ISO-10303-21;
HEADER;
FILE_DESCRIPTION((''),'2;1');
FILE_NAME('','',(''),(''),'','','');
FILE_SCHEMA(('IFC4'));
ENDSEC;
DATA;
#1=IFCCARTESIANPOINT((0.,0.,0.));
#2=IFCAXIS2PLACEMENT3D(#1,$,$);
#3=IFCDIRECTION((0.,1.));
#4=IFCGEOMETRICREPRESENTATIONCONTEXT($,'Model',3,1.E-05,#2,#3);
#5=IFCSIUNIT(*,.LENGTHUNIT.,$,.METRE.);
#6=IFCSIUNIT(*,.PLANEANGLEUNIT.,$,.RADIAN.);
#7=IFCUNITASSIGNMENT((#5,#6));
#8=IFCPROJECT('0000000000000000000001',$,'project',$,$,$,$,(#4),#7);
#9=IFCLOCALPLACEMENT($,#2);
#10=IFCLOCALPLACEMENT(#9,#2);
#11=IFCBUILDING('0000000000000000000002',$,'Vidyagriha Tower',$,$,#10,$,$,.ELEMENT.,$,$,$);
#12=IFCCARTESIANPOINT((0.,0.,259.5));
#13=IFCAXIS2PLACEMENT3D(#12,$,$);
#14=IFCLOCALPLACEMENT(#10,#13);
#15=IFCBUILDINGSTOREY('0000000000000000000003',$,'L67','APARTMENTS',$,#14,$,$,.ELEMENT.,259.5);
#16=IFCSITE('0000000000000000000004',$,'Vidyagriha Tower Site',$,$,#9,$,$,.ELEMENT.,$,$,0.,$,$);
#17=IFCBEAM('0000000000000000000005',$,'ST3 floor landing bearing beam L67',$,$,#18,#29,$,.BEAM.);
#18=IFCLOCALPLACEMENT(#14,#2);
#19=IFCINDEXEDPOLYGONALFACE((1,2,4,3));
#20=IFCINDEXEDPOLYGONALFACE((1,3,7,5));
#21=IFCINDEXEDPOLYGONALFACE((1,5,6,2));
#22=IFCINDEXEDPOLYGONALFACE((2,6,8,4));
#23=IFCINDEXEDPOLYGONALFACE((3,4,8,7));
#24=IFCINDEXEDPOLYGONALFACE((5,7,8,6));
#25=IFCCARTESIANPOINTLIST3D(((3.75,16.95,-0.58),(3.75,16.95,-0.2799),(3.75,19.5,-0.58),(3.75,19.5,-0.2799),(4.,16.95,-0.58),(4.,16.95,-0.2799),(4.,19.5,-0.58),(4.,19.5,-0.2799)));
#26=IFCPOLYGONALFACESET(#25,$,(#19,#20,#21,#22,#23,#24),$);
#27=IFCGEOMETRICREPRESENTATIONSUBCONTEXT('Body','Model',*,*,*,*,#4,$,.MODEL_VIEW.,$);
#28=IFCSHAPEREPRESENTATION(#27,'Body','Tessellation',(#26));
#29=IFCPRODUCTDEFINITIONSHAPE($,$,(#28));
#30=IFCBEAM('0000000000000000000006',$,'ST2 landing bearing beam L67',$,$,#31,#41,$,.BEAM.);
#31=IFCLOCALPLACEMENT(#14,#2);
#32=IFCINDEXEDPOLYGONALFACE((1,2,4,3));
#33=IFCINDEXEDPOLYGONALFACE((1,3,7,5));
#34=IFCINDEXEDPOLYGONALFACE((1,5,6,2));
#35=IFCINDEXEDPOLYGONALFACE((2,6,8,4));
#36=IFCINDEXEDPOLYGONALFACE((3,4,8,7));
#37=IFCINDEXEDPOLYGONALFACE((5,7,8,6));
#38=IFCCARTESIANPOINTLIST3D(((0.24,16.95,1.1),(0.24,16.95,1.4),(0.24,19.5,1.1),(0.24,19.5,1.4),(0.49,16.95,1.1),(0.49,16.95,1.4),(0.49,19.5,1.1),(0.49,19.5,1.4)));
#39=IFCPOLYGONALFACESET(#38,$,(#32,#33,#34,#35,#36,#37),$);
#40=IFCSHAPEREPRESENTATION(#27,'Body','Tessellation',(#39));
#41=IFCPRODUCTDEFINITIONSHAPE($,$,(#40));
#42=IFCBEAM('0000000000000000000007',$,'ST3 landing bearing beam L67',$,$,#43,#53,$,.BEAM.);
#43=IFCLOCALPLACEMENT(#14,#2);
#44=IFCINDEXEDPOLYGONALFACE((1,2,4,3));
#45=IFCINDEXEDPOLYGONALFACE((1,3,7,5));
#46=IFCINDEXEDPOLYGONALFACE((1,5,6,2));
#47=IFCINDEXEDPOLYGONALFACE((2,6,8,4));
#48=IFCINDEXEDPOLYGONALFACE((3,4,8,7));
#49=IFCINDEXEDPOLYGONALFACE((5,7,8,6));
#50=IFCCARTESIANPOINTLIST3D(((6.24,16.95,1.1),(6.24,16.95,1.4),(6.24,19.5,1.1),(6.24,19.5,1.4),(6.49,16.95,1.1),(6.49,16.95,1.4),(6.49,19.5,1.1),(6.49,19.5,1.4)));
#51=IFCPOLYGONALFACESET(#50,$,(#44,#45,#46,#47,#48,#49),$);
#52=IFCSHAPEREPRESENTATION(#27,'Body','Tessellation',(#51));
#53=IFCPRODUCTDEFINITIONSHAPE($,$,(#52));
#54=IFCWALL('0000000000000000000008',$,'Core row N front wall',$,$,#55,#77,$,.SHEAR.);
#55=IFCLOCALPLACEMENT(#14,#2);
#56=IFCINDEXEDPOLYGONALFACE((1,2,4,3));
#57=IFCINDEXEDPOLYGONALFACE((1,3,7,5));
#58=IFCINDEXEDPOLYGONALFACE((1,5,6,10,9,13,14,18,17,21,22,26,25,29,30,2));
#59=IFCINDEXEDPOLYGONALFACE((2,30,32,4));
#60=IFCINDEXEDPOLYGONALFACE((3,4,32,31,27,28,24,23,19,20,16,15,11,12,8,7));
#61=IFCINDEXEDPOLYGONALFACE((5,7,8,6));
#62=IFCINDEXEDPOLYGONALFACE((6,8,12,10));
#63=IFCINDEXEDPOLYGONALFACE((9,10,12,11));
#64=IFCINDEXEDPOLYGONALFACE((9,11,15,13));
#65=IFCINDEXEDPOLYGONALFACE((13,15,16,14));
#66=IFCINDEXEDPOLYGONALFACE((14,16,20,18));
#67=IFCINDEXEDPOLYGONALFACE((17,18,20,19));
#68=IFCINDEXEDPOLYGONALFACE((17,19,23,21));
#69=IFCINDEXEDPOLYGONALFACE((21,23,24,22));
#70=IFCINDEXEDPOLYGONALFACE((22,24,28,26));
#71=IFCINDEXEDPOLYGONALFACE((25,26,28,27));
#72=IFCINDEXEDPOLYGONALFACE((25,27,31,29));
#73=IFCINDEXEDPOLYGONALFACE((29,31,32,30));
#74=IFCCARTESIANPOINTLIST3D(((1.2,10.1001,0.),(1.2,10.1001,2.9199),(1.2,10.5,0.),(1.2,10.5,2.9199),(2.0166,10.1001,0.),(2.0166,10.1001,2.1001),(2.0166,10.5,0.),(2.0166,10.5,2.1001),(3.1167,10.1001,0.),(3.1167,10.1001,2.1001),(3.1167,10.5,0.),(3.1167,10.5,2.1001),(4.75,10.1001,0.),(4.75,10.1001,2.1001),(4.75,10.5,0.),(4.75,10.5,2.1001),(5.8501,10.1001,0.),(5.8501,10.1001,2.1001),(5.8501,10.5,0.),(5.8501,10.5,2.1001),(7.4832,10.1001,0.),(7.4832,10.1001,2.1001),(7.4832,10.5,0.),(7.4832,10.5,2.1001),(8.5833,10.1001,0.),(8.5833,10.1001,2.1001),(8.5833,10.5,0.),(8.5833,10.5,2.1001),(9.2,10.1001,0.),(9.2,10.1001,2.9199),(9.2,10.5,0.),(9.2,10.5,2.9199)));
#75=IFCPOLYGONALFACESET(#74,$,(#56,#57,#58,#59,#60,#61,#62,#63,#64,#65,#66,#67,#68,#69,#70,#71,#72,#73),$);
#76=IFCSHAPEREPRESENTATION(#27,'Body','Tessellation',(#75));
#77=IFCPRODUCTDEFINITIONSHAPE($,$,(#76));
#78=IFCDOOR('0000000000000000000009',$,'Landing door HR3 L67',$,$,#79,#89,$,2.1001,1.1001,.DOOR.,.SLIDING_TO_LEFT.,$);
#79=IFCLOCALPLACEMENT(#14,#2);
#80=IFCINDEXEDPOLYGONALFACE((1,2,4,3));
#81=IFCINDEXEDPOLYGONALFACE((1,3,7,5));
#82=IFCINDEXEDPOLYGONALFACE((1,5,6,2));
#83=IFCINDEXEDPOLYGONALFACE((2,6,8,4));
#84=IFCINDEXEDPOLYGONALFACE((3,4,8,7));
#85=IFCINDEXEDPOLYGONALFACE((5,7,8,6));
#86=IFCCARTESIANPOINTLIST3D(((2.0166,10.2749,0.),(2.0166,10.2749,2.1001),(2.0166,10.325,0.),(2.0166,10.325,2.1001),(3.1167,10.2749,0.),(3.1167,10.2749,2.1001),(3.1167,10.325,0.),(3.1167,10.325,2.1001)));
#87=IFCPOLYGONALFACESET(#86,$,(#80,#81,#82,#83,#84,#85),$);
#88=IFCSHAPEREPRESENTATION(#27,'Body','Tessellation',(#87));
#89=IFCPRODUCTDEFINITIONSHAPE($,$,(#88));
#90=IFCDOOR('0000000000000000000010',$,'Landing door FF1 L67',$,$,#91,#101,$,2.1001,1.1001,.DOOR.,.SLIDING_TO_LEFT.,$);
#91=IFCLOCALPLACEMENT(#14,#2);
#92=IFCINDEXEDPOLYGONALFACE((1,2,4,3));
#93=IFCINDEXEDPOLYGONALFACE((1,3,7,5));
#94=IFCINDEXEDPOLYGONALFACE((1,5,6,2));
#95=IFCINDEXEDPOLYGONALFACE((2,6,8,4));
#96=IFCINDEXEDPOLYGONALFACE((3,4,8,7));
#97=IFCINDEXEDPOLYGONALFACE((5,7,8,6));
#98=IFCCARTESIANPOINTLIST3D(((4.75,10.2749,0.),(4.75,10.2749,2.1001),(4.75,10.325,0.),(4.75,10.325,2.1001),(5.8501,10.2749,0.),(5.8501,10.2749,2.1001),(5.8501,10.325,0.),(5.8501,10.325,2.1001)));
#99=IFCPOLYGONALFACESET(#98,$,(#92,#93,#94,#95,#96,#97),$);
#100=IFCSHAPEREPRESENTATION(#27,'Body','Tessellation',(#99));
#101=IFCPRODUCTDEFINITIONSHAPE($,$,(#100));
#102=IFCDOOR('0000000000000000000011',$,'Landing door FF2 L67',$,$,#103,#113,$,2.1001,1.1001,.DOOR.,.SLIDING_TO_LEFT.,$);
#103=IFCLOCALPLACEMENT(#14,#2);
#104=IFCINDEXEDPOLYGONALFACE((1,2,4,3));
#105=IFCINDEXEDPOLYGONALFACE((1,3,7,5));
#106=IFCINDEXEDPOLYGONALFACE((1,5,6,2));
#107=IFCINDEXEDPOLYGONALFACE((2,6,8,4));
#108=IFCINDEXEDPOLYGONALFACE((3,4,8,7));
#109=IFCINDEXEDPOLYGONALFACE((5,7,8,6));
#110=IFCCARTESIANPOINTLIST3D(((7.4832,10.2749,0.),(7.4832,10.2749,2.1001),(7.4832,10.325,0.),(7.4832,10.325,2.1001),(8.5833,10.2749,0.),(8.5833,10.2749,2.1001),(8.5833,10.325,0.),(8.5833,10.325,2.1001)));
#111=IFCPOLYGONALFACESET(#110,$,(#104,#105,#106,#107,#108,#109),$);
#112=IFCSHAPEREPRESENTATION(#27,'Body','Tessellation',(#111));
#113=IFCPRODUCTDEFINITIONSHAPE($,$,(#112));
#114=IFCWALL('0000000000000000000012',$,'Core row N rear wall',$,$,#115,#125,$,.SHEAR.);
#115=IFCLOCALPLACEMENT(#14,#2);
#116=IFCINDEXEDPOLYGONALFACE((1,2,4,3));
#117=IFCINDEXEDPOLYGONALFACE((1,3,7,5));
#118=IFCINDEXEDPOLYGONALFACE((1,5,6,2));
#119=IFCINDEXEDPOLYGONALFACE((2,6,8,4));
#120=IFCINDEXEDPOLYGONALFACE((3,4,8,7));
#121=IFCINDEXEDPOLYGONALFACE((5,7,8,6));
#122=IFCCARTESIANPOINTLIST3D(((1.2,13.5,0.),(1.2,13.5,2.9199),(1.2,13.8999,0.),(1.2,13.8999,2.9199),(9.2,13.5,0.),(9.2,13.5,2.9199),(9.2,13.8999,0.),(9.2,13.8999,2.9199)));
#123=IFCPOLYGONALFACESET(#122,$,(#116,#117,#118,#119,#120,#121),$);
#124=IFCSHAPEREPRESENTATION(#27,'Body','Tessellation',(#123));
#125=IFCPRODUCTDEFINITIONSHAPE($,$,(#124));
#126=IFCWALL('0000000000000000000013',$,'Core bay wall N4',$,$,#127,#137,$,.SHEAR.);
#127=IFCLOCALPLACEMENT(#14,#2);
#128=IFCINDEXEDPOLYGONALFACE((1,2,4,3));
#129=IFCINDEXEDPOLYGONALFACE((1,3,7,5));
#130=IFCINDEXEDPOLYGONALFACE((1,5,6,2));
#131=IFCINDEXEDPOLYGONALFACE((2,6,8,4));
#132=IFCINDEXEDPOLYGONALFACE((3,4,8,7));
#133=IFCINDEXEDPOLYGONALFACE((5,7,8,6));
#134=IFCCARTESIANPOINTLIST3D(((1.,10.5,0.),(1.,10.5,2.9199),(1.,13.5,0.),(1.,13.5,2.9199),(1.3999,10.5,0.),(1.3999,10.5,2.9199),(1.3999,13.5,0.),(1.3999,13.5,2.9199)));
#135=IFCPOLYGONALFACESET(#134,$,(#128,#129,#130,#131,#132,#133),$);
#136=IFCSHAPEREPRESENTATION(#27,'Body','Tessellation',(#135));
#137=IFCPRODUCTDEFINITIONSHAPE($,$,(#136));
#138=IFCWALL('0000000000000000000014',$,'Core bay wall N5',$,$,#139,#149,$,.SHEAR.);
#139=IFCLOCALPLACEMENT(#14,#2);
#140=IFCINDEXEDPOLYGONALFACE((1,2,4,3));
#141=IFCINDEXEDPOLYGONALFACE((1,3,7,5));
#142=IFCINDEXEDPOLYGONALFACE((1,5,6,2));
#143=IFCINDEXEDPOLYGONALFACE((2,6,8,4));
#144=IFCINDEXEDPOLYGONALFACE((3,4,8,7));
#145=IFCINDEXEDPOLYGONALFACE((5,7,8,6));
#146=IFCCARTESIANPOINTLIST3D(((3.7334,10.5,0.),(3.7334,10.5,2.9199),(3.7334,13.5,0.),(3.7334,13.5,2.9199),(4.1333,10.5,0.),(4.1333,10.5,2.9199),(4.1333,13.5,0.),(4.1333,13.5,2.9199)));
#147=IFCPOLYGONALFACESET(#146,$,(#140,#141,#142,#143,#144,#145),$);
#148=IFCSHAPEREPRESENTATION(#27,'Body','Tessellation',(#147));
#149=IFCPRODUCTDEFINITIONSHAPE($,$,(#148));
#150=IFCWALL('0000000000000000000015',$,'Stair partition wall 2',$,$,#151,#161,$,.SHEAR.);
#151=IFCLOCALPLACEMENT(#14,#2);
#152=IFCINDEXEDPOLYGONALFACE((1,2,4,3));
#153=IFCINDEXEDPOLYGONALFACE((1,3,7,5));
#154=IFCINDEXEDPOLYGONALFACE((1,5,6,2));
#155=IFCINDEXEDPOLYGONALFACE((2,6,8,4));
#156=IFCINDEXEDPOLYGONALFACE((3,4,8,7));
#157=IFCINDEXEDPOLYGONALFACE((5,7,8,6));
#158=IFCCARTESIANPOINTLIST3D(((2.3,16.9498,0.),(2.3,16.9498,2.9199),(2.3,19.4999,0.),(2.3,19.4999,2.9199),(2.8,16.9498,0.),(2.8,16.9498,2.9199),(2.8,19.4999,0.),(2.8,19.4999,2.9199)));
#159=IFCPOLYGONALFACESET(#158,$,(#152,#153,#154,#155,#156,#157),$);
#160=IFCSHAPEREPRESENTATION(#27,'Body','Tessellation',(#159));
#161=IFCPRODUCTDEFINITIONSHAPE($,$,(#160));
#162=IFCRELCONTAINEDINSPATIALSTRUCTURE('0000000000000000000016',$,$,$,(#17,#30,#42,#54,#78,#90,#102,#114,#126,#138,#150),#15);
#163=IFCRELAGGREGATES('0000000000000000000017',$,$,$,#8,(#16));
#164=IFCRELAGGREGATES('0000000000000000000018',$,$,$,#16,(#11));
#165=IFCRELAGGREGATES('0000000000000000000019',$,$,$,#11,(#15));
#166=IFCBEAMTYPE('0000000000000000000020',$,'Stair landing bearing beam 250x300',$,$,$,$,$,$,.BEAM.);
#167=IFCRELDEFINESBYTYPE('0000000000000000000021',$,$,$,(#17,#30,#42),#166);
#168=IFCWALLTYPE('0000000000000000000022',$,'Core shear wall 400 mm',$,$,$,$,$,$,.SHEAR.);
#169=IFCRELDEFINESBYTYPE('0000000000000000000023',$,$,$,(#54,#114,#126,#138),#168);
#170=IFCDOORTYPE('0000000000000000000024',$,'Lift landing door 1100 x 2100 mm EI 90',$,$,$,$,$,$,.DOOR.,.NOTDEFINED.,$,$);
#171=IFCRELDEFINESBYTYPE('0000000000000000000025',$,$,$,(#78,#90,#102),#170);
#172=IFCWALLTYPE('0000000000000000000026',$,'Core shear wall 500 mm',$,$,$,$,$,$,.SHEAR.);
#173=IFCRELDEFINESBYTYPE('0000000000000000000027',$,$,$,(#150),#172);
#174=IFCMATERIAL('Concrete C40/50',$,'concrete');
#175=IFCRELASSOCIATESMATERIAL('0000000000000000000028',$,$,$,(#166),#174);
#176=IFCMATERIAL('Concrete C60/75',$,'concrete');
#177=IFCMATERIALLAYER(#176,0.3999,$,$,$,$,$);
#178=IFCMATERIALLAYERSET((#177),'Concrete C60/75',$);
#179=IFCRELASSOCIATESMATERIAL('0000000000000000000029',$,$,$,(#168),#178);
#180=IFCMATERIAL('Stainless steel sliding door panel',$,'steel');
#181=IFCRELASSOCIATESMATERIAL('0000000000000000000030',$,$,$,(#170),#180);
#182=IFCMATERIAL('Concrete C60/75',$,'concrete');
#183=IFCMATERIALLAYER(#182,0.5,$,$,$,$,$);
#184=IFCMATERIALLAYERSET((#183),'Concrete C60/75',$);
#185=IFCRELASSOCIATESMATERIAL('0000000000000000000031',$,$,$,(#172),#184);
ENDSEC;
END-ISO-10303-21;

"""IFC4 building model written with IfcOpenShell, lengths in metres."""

from ifc_helpers import new_model, si_unit, direction, frame, frame_2d, origin, origin_2d, place, context, subcontext, project, spatial, rectangle, extrude, material, layer, layer_set, material_profile, profile_set, type_object, element, fill, save


model = new_model("IFC4")

# Units and contexts
model_context = context("Model", 3, precision=1e-05, world=origin(), true_north=direction((0.0, 1.0)))
body_context = subcontext(model_context, "Body", "Model", "MODEL_VIEW")
ifc_project = project(units=[si_unit("LENGTHUNIT", "METRE"), si_unit("PLANEANGLEUNIT", "RADIAN")], contexts=[model_context])

# Site, building, storey
site_placement = place(None, origin())
site = spatial("IfcSite", under=ifc_project, at=site_placement, Name="Vidyagriha Tower Site", CompositionType="ELEMENT", RefElevation=0.0)
building_placement = place(site_placement, origin())
building = spatial("IfcBuilding", under=site, at=building_placement, Name="Vidyagriha Tower", CompositionType="ELEMENT")
storey_placement = place(building_placement, frame((0.0, 0.0, 259.5)))
storey = spatial("IfcBuildingStorey", under=building, at=storey_placement, Name="L67", Description="APARTMENTS", CompositionType="ELEMENT", Elevation=259.5)

# Beams
ifc_material_1 = material(Name="Concrete C40/50", Category="concrete")
ifc_material_profile = material_profile(ifc_material_1, rectangle(XDim=0.25, YDim=0.3, at=origin_2d()), Name="Stair landing bearing beam 250x300")
ifc_profile_set = profile_set([ifc_material_profile], Name="Concrete C40/50")
beam_type = type_object("IfcBeamType", Name="Stair landing bearing beam 250x300", PredefinedType="BEAM", material=ifc_profile_set)
for number, where, z_axis, x_axis, name in (
    (1, (3.875, 16.95, -0.4299), (0.0, 1.0, 0.0), (-1.0, 0.0, 0.0), "ST3 floor landing bearing beam L67"),
    (2, (0.365, 16.95, 1.25), (0.0, 1.0, 0.0), (-1.0, 0.0, 0.0), "ST2 landing bearing beam L67"),
    (3, (6.365, 16.95, 1.25), (0.0, 1.0, 0.0), (-1.0, 0.0, 0.0), "ST3 landing bearing beam L67"),
):
    element("IfcBeam", number, at=place(storey_placement, frame(where, z_axis=z_axis, x_axis=x_axis)), inside=storey, type_object=beam_type, Name=name, PredefinedType="BEAM", context=body_context, shape_type="SweptSolid", body=[
        extrude(rectangle(XDim=0.25, YDim=0.3, at=origin_2d()), origin(), (0.0, 0.0, 1.0), 2.55),
    ])

# Wall, openings, doors
ifc_material_2 = material(Name="Concrete C60/75", Category="concrete")
ifc_layer_1 = layer(ifc_material_2, 0.3999)
ifc_layer_set_1 = layer_set([ifc_layer_1], Name="Concrete C60/75")
wall_type_1 = type_object("IfcWallType", Name="Core shear wall 400 mm", PredefinedType="SHEAR", material=ifc_layer_set_1)
wall_1_placement = place(storey_placement, frame((1.2, 10.3, 0.0)))
wall_1 = element("IfcWall", 4, at=wall_1_placement, inside=storey, type_object=wall_type_1, Name="Core row N front wall", PredefinedType="SHEAR", context=body_context, shape_type="SweptSolid", body=[
    extrude(rectangle(XDim=8.0, YDim=0.3999, at=frame_2d((4.0, 0.0))), origin(), (0.0, 0.0, 1.0), 2.9199),
])
opening_1_placement = place(wall_1_placement, frame((0.8167, 0.0, 0.0)))
opening_1 = element("IfcOpeningElement", 5, at=opening_1_placement, cuts=wall_1, PredefinedType="OPENING", context=body_context, shape_type="SweptSolid", body=[
    extrude(rectangle(XDim=1.1001, YDim=2.1001, at=frame_2d((0.55, 1.05))), frame((0.0, 0.21, 0.0), z_axis=(0.0, -1.0, 0.0), x_axis=(1.0, 0.0, 0.0)), (0.0, 0.0, 1.0), 0.4199),
])
opening_2_placement = place(wall_1_placement, frame((3.55, 0.0, 0.0)))
opening_2 = element("IfcOpeningElement", 6, at=opening_2_placement, cuts=wall_1, PredefinedType="OPENING", context=body_context, shape_type="SweptSolid", body=[
    extrude(rectangle(XDim=1.1001, YDim=2.1001, at=frame_2d((0.55, 1.05))), frame((0.0, 0.21, 0.0), z_axis=(0.0, -1.0, 0.0), x_axis=(1.0, 0.0, 0.0)), (0.0, 0.0, 1.0), 0.4199),
])
opening_3_placement = place(wall_1_placement, frame((6.2832, 0.0, 0.0)))
opening_3 = element("IfcOpeningElement", 7, at=opening_3_placement, cuts=wall_1, PredefinedType="OPENING", context=body_context, shape_type="SweptSolid", body=[
    extrude(rectangle(XDim=1.1001, YDim=2.1001, at=frame_2d((0.55, 1.05))), frame((0.0, 0.21, 0.0), z_axis=(0.0, -1.0, 0.0), x_axis=(1.0, 0.0, 0.0)), (0.0, 0.0, 1.0), 0.4199),
])
ifc_material_3 = material(Name="Stainless steel sliding door panel", Category="steel")
door_type_1 = type_object("IfcDoorType", Name="Lift landing door 1100 x 2100 mm EI 90", OperationType="NOTDEFINED", PredefinedType="DOOR", material=ifc_material_3)
door_1_placement = place(opening_1_placement, origin())
door_1 = element("IfcDoor", 8, at=door_1_placement, inside=storey, type_object=door_type_1, Name="Landing door HR3 L67", OperationType="SLIDING_TO_LEFT", OverallHeight=2.1001, OverallWidth=1.1001, PredefinedType="DOOR", context=body_context, shape_type="SweptSolid", body=[
    extrude(rectangle(XDim=1.1001, YDim=2.1001, at=frame_2d((0.55, 1.05))), frame((0.0, 0.0249, 0.0), z_axis=(0.0, -1.0, 0.0), x_axis=(1.0, 0.0, 0.0)), (0.0, 0.0, 1.0), 0.05),
])
fill(opening_1, door_1)
door_2_placement = place(opening_2_placement, origin())
door_2 = element("IfcDoor", 9, at=door_2_placement, inside=storey, type_object=door_type_1, Name="Landing door FF1 L67", OperationType="SLIDING_TO_LEFT", OverallHeight=2.1001, OverallWidth=1.1001, PredefinedType="DOOR", context=body_context, shape_type="SweptSolid", body=[
    extrude(rectangle(XDim=1.1001, YDim=2.1001, at=frame_2d((0.55, 1.05))), frame((0.0, 0.0249, 0.0), z_axis=(0.0, -1.0, 0.0), x_axis=(1.0, 0.0, 0.0)), (0.0, 0.0, 1.0), 0.05),
])
fill(opening_2, door_2)
door_3_placement = place(opening_3_placement, origin())
door_3 = element("IfcDoor", 10, at=door_3_placement, inside=storey, type_object=door_type_1, Name="Landing door FF2 L67", OperationType="SLIDING_TO_LEFT", OverallHeight=2.1001, OverallWidth=1.1001, PredefinedType="DOOR", context=body_context, shape_type="SweptSolid", body=[
    extrude(rectangle(XDim=1.1001, YDim=2.1001, at=frame_2d((0.55, 1.05))), frame((0.0, 0.0249, 0.0), z_axis=(0.0, -1.0, 0.0), x_axis=(1.0, 0.0, 0.0)), (0.0, 0.0, 1.0), 0.05),
])
fill(opening_3, door_3)

# Walls
wall_2_placement = place(storey_placement, frame((1.2, 13.7, 0.0)))
element("IfcWall", 11, at=wall_2_placement, inside=storey, type_object=wall_type_1, Name="Core row N rear wall", PredefinedType="SHEAR", context=body_context, shape_type="SweptSolid", body=[
    extrude(rectangle(XDim=8.0, YDim=0.3999, at=frame_2d((4.0, 0.0))), origin(), (0.0, 0.0, 1.0), 2.9199),
])
for number, where, z_axis, x_axis, name in (
    (12, (1.2, 10.5, 0.0), (0.0, 0.0, 1.0), (0.0, 1.0, 0.0), "Core bay wall N4"),
    (13, (3.9333, 10.5, 0.0), (0.0, 0.0, 1.0), (0.0, 1.0, 0.0), "Core bay wall N5"),
):
    element("IfcWall", number, at=place(storey_placement, frame(where, z_axis=z_axis, x_axis=x_axis)), inside=storey, type_object=wall_type_1, Name=name, PredefinedType="SHEAR", context=body_context, shape_type="SweptSolid", body=[
        extrude(rectangle(XDim=3.0, YDim=0.3999, at=frame_2d((1.5, 0.0))), origin(), (0.0, 0.0, 1.0), 2.9199),
    ])
ifc_material_4 = material(Name="Concrete C60/75", Category="concrete")
ifc_layer_2 = layer(ifc_material_4, 0.5)
ifc_layer_set_2 = layer_set([ifc_layer_2], Name="Concrete C60/75")
wall_type_2 = type_object("IfcWallType", Name="Core shear wall 500 mm", PredefinedType="SHEAR", material=ifc_layer_set_2)
wall_3_placement = place(storey_placement, frame((2.55, 16.95, 0.0), z_axis=(0.0, 0.0, 1.0), x_axis=(0.0, 1.0, 0.0)))
element("IfcWall", 14, at=wall_3_placement, inside=storey, type_object=wall_type_2, Name="Stair partition wall 2", PredefinedType="SHEAR", context=body_context, shape_type="SweptSolid", body=[
    extrude(rectangle(XDim=2.55, YDim=0.5, at=frame_2d((1.2749, 0.0))), origin(), (0.0, 0.0, 1.0), 2.9199),
])

save(model, "model.ifc")
